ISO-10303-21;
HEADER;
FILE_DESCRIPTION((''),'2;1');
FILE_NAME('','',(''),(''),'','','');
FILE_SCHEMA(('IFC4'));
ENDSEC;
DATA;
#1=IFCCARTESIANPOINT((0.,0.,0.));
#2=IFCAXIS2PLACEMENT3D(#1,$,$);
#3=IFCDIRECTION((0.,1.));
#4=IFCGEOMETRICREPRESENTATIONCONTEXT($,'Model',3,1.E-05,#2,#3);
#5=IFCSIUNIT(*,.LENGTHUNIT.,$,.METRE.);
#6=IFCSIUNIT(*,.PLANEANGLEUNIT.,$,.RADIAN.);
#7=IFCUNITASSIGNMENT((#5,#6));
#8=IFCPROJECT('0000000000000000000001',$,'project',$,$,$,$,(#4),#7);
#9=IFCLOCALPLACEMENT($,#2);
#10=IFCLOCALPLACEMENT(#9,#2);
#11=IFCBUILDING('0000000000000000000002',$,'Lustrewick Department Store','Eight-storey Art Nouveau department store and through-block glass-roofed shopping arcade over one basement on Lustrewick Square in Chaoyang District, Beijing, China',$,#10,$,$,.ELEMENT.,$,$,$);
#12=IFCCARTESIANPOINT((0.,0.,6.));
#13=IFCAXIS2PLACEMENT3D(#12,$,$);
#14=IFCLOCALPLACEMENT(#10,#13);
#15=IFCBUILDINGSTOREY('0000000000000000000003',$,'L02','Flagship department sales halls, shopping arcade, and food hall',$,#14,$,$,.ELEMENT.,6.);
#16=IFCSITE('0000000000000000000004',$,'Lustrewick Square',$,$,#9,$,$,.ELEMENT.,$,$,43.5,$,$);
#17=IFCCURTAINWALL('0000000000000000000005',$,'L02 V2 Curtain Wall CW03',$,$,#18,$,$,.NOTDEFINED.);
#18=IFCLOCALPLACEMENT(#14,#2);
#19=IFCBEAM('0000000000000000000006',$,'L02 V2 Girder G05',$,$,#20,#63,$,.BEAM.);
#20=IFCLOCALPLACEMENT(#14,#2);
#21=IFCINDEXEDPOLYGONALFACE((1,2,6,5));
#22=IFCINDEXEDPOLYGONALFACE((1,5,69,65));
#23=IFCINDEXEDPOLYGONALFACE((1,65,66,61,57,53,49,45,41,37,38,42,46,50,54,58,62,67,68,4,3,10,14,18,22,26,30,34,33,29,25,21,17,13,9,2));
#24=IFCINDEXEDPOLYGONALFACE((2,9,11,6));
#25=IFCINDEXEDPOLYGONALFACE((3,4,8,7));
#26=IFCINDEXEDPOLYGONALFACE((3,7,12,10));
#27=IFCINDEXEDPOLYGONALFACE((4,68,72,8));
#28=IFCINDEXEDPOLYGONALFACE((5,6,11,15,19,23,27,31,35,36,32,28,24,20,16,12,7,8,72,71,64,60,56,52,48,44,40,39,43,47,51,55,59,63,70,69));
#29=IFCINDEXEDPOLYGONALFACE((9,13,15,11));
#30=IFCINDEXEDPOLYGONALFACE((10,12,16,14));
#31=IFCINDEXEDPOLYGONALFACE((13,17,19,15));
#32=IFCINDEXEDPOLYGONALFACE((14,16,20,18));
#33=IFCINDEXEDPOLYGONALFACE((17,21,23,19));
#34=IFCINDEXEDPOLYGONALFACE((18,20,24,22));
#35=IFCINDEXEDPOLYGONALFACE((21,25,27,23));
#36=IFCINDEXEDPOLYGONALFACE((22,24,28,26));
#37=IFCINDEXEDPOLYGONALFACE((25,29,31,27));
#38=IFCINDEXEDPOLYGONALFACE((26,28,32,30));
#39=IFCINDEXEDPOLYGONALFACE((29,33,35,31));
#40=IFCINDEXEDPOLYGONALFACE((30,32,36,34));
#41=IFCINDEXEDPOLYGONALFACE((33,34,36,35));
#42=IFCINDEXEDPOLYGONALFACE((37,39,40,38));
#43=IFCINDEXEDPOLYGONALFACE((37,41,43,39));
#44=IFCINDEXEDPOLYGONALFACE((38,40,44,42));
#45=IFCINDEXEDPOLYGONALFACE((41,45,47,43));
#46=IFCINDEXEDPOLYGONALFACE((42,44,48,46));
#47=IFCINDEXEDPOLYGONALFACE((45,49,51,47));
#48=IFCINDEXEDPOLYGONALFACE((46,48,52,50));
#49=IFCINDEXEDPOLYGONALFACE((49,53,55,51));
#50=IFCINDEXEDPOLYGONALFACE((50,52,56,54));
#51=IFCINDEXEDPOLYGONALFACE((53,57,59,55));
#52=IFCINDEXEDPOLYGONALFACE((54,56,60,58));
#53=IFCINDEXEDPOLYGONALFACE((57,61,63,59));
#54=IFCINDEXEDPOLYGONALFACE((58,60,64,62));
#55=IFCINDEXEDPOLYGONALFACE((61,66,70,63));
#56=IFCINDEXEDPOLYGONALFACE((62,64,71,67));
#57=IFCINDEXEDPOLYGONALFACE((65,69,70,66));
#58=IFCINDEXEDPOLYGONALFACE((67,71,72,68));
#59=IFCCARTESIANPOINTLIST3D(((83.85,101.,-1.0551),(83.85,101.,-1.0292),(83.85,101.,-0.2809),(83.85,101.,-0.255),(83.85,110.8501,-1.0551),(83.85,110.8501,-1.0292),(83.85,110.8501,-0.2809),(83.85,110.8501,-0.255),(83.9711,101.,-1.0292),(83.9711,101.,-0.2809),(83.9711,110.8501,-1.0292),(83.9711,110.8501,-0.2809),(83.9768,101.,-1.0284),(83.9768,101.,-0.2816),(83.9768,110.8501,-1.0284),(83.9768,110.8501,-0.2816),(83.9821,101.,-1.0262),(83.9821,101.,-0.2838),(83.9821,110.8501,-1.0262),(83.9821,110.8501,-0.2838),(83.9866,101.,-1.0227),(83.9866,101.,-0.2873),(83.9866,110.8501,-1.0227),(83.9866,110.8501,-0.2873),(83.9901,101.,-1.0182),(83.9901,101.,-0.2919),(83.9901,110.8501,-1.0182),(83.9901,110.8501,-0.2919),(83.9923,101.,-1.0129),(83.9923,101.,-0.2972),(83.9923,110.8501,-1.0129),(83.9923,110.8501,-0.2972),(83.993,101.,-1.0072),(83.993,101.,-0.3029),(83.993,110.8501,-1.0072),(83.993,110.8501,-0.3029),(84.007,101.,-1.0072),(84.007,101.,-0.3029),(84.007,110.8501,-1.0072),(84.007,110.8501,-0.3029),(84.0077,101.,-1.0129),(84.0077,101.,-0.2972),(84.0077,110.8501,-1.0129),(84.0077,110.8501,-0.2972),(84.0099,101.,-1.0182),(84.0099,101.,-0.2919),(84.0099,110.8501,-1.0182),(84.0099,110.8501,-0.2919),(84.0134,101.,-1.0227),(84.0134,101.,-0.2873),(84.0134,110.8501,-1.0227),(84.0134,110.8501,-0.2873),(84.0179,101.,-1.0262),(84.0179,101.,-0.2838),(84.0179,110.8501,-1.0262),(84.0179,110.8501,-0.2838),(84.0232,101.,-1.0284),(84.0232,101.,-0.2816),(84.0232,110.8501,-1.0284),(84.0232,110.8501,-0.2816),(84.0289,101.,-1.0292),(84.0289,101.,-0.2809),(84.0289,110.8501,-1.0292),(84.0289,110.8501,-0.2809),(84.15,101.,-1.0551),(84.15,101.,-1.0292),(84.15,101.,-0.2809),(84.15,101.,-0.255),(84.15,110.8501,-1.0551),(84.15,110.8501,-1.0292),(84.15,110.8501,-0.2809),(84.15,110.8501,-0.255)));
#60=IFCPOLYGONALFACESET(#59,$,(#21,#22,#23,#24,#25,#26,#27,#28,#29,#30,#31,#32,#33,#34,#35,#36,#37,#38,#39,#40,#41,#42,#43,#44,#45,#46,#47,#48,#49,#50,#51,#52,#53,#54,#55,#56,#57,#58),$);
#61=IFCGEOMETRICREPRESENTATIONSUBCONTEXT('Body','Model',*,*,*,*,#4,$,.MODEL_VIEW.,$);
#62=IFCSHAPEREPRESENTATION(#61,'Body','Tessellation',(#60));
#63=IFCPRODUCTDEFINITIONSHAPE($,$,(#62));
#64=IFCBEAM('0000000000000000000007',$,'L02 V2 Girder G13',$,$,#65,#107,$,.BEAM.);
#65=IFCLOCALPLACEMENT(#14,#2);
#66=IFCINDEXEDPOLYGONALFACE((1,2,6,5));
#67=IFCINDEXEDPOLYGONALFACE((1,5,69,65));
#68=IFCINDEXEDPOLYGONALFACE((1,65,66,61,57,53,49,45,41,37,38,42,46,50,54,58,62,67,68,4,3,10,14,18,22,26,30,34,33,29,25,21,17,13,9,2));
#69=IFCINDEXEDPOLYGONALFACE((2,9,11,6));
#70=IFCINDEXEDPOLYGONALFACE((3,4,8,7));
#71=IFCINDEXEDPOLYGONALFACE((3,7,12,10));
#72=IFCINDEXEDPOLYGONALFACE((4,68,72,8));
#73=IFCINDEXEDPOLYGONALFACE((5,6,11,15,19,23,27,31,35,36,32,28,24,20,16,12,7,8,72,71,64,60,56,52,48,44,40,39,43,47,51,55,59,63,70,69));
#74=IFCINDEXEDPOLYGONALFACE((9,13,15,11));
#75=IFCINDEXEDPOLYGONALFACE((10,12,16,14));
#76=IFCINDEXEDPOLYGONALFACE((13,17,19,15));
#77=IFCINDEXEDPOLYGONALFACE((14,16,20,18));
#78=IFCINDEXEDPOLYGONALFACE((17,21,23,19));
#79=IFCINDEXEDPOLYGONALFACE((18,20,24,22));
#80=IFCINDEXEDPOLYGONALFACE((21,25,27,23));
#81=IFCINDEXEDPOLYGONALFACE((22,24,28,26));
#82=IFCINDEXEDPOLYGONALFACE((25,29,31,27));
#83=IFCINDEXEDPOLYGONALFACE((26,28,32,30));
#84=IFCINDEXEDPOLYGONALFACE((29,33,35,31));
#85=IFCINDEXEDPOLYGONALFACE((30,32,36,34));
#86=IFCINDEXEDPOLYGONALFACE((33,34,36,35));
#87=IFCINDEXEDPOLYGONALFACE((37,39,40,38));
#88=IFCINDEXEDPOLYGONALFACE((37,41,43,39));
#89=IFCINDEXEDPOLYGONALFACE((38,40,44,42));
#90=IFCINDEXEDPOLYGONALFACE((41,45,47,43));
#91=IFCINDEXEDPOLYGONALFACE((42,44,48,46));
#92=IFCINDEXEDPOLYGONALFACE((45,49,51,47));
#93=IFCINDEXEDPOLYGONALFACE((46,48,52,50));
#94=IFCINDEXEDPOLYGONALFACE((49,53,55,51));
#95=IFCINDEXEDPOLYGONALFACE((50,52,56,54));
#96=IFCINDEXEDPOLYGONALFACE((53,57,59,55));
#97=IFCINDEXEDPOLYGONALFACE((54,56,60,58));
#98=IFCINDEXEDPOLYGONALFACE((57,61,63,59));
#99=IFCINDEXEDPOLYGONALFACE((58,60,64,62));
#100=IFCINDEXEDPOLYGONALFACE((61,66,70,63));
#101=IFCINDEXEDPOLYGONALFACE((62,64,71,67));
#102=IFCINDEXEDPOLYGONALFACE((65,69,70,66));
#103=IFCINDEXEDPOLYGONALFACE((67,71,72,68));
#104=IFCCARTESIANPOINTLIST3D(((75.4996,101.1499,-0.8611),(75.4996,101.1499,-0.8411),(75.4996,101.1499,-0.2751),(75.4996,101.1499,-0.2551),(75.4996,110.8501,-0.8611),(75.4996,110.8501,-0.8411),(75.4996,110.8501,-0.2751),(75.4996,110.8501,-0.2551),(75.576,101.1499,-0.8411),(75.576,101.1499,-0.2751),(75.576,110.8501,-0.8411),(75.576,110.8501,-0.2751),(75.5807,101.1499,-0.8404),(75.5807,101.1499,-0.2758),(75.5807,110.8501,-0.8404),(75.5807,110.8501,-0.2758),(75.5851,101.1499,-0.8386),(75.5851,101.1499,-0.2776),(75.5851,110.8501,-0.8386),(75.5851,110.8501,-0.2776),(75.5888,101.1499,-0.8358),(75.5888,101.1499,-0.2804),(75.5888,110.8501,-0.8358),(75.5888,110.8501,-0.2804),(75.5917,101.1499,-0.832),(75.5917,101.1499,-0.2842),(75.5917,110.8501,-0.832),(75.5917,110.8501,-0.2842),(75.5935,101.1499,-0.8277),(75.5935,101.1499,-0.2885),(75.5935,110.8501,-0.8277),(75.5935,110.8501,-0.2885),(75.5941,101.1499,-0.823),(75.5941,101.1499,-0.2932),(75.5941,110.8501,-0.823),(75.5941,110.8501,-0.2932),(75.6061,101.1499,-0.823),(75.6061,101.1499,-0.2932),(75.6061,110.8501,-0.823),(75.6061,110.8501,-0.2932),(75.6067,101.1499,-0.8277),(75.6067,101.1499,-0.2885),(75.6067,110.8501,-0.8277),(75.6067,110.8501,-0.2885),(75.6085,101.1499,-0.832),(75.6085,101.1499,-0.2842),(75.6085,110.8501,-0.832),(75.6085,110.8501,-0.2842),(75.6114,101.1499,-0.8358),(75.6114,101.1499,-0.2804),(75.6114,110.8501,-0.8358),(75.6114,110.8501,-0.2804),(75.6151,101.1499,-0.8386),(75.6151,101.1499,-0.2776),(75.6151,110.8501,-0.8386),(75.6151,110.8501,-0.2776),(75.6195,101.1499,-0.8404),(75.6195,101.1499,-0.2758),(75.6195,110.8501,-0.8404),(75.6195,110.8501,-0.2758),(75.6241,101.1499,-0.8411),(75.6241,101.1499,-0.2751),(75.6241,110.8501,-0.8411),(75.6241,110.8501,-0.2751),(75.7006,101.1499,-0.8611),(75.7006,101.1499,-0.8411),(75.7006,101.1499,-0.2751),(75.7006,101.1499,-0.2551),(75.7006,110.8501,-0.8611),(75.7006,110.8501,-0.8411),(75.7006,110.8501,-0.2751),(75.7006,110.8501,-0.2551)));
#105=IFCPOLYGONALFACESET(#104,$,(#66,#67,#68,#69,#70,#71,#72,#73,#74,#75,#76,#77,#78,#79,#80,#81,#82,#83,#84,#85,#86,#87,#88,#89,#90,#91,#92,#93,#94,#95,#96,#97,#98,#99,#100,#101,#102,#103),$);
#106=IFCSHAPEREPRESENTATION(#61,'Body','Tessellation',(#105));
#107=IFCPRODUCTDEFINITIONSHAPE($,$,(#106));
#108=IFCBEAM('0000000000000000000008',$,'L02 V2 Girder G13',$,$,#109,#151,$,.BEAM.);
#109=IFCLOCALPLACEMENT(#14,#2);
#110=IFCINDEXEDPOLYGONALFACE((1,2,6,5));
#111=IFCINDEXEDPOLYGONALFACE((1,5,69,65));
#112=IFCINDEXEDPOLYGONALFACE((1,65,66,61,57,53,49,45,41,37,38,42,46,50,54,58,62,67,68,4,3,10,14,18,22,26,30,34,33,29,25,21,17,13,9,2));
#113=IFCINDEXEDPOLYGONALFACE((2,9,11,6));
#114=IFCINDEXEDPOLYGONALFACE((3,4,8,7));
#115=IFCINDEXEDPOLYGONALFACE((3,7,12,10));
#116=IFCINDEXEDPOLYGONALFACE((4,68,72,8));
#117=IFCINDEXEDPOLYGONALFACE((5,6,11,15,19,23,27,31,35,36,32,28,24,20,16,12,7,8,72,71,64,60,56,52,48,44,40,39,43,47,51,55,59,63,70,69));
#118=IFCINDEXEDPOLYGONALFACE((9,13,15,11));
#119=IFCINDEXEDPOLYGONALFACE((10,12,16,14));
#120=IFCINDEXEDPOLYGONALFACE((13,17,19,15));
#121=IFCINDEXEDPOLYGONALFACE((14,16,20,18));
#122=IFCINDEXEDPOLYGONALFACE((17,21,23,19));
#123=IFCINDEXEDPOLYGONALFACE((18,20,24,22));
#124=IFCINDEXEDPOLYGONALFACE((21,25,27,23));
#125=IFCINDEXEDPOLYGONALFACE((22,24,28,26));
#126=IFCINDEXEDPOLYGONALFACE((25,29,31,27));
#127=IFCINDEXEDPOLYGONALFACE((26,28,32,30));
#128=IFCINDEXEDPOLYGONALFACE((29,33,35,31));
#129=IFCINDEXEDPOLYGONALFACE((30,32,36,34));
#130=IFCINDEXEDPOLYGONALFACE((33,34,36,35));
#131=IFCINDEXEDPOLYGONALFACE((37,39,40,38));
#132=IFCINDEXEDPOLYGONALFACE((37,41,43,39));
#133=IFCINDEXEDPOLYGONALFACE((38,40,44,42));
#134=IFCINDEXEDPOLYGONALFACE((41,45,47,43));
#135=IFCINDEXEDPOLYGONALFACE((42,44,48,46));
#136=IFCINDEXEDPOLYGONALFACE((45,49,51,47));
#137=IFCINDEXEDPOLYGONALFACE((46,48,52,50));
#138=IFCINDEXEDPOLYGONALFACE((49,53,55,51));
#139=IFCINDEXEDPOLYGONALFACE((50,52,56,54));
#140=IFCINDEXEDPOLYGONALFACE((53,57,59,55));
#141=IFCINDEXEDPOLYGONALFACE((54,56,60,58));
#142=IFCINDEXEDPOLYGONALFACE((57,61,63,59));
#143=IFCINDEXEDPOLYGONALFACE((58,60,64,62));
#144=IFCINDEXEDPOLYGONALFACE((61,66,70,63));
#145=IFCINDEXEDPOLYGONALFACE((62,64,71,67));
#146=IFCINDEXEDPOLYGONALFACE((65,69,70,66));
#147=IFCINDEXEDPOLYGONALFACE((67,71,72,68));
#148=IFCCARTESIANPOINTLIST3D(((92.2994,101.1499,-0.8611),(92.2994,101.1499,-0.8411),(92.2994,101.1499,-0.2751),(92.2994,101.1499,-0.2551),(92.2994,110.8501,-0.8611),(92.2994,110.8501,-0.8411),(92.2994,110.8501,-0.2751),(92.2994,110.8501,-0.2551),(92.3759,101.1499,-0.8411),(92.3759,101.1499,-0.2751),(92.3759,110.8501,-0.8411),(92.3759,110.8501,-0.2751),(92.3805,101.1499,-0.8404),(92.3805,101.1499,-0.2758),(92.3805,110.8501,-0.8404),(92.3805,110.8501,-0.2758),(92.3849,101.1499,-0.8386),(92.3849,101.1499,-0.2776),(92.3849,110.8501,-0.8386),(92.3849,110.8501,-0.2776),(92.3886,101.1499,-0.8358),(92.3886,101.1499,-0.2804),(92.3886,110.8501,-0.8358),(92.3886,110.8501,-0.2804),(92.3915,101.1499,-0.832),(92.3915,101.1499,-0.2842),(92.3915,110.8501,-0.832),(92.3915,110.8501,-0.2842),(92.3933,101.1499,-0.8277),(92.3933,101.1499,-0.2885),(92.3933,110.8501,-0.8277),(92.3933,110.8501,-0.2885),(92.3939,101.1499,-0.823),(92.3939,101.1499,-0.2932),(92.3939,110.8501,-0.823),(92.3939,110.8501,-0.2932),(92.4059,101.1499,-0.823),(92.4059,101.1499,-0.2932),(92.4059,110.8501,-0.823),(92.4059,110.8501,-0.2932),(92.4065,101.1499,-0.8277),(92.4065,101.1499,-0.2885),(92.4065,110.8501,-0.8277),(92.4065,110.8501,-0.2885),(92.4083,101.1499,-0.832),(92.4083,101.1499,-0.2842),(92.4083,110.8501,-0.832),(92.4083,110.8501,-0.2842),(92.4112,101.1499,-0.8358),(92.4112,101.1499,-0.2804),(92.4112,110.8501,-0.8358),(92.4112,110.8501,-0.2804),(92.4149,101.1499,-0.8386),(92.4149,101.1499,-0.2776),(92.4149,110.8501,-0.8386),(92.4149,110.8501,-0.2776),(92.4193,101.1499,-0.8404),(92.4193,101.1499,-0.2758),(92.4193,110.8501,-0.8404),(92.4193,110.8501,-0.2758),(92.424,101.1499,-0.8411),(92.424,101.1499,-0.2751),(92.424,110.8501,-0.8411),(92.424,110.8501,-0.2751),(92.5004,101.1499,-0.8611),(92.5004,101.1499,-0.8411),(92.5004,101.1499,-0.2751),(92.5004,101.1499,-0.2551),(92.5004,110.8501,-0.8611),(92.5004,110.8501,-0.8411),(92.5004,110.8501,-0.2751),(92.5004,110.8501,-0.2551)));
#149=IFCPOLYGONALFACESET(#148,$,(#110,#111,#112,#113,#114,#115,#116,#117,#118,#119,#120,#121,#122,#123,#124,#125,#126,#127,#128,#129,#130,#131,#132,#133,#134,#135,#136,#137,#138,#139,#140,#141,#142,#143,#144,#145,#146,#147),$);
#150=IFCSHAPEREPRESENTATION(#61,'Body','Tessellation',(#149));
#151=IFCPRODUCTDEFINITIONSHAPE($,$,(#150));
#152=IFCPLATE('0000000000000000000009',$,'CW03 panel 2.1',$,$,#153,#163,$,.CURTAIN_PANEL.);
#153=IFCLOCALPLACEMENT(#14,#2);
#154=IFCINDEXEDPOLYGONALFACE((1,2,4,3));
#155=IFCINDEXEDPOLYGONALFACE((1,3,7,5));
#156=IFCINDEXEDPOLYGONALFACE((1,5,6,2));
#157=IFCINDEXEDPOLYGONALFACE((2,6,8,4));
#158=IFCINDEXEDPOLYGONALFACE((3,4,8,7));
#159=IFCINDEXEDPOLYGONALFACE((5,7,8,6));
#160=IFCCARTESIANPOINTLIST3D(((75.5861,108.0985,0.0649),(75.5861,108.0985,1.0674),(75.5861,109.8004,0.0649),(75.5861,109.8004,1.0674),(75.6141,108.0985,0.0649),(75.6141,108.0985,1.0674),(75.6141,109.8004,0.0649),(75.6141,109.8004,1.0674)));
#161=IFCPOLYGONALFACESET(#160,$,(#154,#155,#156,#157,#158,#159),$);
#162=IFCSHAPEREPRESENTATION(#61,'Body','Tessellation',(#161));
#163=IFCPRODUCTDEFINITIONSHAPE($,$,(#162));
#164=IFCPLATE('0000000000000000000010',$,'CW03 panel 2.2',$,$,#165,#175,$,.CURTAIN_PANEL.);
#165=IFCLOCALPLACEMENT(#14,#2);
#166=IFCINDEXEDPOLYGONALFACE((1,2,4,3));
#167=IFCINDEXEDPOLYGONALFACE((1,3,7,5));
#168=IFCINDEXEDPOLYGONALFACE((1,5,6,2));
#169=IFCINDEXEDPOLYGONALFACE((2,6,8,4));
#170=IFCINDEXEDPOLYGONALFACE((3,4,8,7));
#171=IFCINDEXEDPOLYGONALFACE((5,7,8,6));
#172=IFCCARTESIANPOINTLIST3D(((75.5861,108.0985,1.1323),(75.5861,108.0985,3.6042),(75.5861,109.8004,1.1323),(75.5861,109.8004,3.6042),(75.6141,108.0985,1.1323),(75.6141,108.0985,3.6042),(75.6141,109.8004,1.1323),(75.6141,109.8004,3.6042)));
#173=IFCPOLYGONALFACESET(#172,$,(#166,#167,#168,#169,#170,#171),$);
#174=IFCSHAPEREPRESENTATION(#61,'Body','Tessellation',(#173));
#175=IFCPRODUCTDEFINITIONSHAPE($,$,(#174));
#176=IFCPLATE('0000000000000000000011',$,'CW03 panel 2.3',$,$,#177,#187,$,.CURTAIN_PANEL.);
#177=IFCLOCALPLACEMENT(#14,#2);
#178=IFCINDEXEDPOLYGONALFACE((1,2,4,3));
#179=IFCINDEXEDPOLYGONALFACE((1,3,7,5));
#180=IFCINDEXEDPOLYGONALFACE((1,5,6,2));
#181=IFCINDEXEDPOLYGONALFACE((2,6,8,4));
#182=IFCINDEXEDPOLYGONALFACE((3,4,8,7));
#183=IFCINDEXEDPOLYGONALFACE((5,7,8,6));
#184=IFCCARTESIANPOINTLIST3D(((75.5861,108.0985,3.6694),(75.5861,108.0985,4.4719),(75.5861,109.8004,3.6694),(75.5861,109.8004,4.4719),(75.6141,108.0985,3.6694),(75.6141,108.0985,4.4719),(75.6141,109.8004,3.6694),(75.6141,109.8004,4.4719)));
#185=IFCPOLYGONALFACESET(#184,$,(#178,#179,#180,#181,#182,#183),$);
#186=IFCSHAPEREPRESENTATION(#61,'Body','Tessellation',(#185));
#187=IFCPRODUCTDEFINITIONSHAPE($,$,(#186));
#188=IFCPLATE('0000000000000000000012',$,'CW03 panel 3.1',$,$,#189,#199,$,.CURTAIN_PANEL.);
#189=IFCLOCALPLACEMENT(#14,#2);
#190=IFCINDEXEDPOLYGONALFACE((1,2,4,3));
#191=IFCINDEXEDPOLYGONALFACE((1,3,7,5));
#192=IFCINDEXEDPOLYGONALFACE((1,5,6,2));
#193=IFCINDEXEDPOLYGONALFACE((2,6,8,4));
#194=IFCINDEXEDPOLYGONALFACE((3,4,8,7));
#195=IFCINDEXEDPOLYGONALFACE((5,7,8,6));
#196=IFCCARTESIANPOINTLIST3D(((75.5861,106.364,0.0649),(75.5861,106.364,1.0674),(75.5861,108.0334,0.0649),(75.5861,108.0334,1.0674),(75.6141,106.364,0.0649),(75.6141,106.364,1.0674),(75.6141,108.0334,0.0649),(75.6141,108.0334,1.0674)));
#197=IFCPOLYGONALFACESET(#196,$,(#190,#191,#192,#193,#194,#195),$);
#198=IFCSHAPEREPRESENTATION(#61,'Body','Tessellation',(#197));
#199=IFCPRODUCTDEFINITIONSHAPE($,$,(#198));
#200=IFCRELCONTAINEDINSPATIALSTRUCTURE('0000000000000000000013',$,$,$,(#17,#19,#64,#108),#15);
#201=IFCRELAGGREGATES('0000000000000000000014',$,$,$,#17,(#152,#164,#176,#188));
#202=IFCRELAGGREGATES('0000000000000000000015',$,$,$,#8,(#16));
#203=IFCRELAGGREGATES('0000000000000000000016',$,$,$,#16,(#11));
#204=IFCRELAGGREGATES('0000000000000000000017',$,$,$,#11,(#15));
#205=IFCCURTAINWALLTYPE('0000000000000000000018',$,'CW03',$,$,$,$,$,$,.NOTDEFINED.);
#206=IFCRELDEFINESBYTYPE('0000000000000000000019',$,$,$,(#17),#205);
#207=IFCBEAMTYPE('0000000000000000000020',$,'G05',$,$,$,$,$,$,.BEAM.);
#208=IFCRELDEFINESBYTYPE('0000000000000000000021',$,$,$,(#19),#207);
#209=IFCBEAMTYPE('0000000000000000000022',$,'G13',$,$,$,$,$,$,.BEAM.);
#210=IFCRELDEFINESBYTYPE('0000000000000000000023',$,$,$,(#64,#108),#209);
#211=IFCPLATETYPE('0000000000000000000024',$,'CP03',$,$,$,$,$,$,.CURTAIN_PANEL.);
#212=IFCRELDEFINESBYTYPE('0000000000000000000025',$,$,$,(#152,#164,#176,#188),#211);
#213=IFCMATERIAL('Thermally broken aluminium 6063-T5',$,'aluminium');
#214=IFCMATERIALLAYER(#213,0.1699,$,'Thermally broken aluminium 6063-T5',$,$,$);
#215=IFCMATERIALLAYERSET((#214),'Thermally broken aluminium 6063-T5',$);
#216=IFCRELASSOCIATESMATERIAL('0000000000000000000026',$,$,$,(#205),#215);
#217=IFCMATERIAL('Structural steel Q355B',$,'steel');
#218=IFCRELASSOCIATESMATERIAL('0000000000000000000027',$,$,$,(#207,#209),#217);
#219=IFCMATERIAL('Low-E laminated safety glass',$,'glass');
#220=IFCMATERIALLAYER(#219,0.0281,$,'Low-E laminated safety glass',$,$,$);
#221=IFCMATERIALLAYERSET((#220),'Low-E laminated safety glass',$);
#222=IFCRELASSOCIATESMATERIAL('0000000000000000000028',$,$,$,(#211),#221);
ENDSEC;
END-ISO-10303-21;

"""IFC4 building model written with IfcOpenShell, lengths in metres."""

from ifc_helpers import new_model, si_unit, direction, frame, origin, origin_2d, place, context, subcontext, project, spatial, rectangle, i_section, extrude, material, layer, layer_set, material_profile, profile_set, type_object, element, aggregate, save


model = new_model("IFC4")

# Units and contexts
model_context = context("Model", 3, precision=1e-05, world=origin(), true_north=direction((0.0, 1.0)))
body_context = subcontext(model_context, "Body", "Model", "MODEL_VIEW")
ifc_project = project(units=[si_unit("LENGTHUNIT", "METRE"), si_unit("PLANEANGLEUNIT", "RADIAN")], contexts=[model_context])

# Site, building, storey
site_placement = place(None, origin())
site = spatial("IfcSite", under=ifc_project, at=site_placement, Name="Lustrewick Square", CompositionType="ELEMENT", RefElevation=43.5)
building_placement = place(site_placement, origin())
building = spatial("IfcBuilding", under=site, at=building_placement, Name="Lustrewick Department Store", Description="Eight-storey Art Nouveau department store and through-block glass-roofed shopping arcade over one basement on Lustrewick Square in Chaoyang District, Beijing, China", CompositionType="ELEMENT")
storey_placement = place(building_placement, frame((0.0, 0.0, 6.0)))
storey = spatial("IfcBuildingStorey", under=building, at=storey_placement, Name="L02", Description="Flagship department sales halls, shopping arcade, and food hall", CompositionType="ELEMENT", Elevation=6.0)

# Curtain wall
ifc_material_1 = material(Name="Thermally broken aluminium 6063-T5", Category="aluminium")
ifc_layer_1 = layer(ifc_material_1, 0.1699, Name="Thermally broken aluminium 6063-T5")
ifc_layer_set_1 = layer_set([ifc_layer_1], Name="Thermally broken aluminium 6063-T5")
curtain_wall_type = type_object("IfcCurtainWallType", Name="CW03", PredefinedType="NOTDEFINED", material=ifc_layer_set_1)
curtain_wall_placement = place(storey_placement, origin())
curtain_wall = element("IfcCurtainWall", 1, at=curtain_wall_placement, inside=storey, type_object=curtain_wall_type, Name="L02 V2 Curtain Wall CW03", PredefinedType="NOTDEFINED")

# Beams
ifc_material_2 = material(Name="Structural steel Q355B", Category="steel")
ifc_material_profile_1 = material_profile(ifc_material_2, i_section(OverallWidth=0.3, OverallDepth=0.8, WebThickness=0.0139, FlangeThickness=0.0259, FilletRadius=0.022, at=origin_2d()), Name="HN 800x300x14x26")
ifc_profile_set_1 = profile_set([ifc_material_profile_1], Name="Structural steel Q355B")
beam_type_1 = type_object("IfcBeamType", Name="G05", PredefinedType="BEAM", material=ifc_profile_set_1)
beam_placement = place(storey_placement, frame((84.0, 101.0, -0.655), z_axis=(0.0, 1.0, 0.0), x_axis=(-1.0, 0.0, 0.0)))
element("IfcBeam", 2, at=beam_placement, inside=storey, type_object=beam_type_1, Name="L02 V2 Girder G05", PredefinedType="BEAM", context=body_context, shape_type="SweptSolid", body=[
    extrude(i_section(OverallWidth=0.3, OverallDepth=0.8, WebThickness=0.0139, FlangeThickness=0.0259, FilletRadius=0.022, at=origin_2d()), origin(), (0.0, 0.0, 1.0), 9.8501),
])
ifc_material_profile_2 = material_profile(ifc_material_2, i_section(OverallWidth=0.2009, OverallDepth=0.606, WebThickness=0.012, FlangeThickness=0.02, FilletRadius=0.0181, at=origin_2d()), Name="HN 606x201x12x20")
ifc_profile_set_2 = profile_set([ifc_material_profile_2], Name="Structural steel Q355B")
beam_type_2 = type_object("IfcBeamType", Name="G13", PredefinedType="BEAM", material=ifc_profile_set_2)
for number, where, z_axis, x_axis, name in (
    (3, (75.6001, 101.1499, -0.5581), (0.0, 1.0, 0.0), (-1.0, 0.0, 0.0), "L02 V2 Girder G13"),
    (4, (92.3999, 101.1499, -0.5581), (0.0, 1.0, 0.0), (-1.0, 0.0, 0.0), "L02 V2 Girder G13"),
):
    element("IfcBeam", number, at=place(storey_placement, frame(where, z_axis=z_axis, x_axis=x_axis)), inside=storey, type_object=beam_type_2, Name=name, PredefinedType="BEAM", context=body_context, shape_type="SweptSolid", body=[
        extrude(i_section(OverallWidth=0.2009, OverallDepth=0.606, WebThickness=0.012, FlangeThickness=0.02, FilletRadius=0.0181, at=origin_2d()), origin(), (0.0, 0.0, 1.0), 9.7002),
    ])

# Plates
ifc_material_3 = material(Name="Low-E laminated safety glass", Category="glass")
ifc_layer_2 = layer(ifc_material_3, 0.0281, Name="Low-E laminated safety glass")
ifc_layer_set_2 = layer_set([ifc_layer_2], Name="Low-E laminated safety glass")
plate_type_1 = type_object("IfcPlateType", Name="CP03", PredefinedType="CURTAIN_PANEL", material=ifc_layer_set_2)
plate_1_placement = place(storey_placement, frame((75.6001, 108.9495, 0.0649), z_axis=(0.0, 0.0, 1.0), x_axis=(0.0, -1.0, 0.0)))
plate_1 = element("IfcPlate", 5, at=plate_1_placement, type_object=plate_type_1, Name="CW03 panel 2.1", PredefinedType="CURTAIN_PANEL", context=body_context, shape_type="SweptSolid", body=[
    extrude(rectangle(XDim=1.7019, YDim=0.0281, at=origin_2d()), origin(), (0.0, 0.0, 1.0), 1.0024),
])
plate_2_placement = place(storey_placement, frame((75.6001, 108.9495, 1.1323), z_axis=(0.0, 0.0, 1.0), x_axis=(0.0, -1.0, 0.0)))
plate_2 = element("IfcPlate", 6, at=plate_2_placement, type_object=plate_type_1, Name="CW03 panel 2.2", PredefinedType="CURTAIN_PANEL", context=body_context, shape_type="SweptSolid", body=[
    extrude(rectangle(XDim=1.7019, YDim=0.0281, at=origin_2d()), origin(), (0.0, 0.0, 1.0), 2.4719),
])
plate_3_placement = place(storey_placement, frame((75.6001, 108.9495, 3.6694), z_axis=(0.0, 0.0, 1.0), x_axis=(0.0, -1.0, 0.0)))
plate_3 = element("IfcPlate", 7, at=plate_3_placement, type_object=plate_type_1, Name="CW03 panel 2.3", PredefinedType="CURTAIN_PANEL", context=body_context, shape_type="SweptSolid", body=[
    extrude(rectangle(XDim=1.7019, YDim=0.0281, at=origin_2d()), origin(), (0.0, 0.0, 1.0), 0.8025),
])
plate_4_placement = place(storey_placement, frame((75.6001, 107.1987, 0.0649), z_axis=(0.0, 0.0, 1.0), x_axis=(0.0, -1.0, 0.0)))
plate_4 = element("IfcPlate", 8, at=plate_4_placement, type_object=plate_type_1, Name="CW03 panel 3.1", PredefinedType="CURTAIN_PANEL", context=body_context, shape_type="SweptSolid", body=[
    extrude(rectangle(XDim=1.6694, YDim=0.0281, at=origin_2d()), origin(), (0.0, 0.0, 1.0), 1.0024),
])
aggregate(curtain_wall, [plate_1, plate_2, plate_3, plate_4])

save(model, "model.ifc")
